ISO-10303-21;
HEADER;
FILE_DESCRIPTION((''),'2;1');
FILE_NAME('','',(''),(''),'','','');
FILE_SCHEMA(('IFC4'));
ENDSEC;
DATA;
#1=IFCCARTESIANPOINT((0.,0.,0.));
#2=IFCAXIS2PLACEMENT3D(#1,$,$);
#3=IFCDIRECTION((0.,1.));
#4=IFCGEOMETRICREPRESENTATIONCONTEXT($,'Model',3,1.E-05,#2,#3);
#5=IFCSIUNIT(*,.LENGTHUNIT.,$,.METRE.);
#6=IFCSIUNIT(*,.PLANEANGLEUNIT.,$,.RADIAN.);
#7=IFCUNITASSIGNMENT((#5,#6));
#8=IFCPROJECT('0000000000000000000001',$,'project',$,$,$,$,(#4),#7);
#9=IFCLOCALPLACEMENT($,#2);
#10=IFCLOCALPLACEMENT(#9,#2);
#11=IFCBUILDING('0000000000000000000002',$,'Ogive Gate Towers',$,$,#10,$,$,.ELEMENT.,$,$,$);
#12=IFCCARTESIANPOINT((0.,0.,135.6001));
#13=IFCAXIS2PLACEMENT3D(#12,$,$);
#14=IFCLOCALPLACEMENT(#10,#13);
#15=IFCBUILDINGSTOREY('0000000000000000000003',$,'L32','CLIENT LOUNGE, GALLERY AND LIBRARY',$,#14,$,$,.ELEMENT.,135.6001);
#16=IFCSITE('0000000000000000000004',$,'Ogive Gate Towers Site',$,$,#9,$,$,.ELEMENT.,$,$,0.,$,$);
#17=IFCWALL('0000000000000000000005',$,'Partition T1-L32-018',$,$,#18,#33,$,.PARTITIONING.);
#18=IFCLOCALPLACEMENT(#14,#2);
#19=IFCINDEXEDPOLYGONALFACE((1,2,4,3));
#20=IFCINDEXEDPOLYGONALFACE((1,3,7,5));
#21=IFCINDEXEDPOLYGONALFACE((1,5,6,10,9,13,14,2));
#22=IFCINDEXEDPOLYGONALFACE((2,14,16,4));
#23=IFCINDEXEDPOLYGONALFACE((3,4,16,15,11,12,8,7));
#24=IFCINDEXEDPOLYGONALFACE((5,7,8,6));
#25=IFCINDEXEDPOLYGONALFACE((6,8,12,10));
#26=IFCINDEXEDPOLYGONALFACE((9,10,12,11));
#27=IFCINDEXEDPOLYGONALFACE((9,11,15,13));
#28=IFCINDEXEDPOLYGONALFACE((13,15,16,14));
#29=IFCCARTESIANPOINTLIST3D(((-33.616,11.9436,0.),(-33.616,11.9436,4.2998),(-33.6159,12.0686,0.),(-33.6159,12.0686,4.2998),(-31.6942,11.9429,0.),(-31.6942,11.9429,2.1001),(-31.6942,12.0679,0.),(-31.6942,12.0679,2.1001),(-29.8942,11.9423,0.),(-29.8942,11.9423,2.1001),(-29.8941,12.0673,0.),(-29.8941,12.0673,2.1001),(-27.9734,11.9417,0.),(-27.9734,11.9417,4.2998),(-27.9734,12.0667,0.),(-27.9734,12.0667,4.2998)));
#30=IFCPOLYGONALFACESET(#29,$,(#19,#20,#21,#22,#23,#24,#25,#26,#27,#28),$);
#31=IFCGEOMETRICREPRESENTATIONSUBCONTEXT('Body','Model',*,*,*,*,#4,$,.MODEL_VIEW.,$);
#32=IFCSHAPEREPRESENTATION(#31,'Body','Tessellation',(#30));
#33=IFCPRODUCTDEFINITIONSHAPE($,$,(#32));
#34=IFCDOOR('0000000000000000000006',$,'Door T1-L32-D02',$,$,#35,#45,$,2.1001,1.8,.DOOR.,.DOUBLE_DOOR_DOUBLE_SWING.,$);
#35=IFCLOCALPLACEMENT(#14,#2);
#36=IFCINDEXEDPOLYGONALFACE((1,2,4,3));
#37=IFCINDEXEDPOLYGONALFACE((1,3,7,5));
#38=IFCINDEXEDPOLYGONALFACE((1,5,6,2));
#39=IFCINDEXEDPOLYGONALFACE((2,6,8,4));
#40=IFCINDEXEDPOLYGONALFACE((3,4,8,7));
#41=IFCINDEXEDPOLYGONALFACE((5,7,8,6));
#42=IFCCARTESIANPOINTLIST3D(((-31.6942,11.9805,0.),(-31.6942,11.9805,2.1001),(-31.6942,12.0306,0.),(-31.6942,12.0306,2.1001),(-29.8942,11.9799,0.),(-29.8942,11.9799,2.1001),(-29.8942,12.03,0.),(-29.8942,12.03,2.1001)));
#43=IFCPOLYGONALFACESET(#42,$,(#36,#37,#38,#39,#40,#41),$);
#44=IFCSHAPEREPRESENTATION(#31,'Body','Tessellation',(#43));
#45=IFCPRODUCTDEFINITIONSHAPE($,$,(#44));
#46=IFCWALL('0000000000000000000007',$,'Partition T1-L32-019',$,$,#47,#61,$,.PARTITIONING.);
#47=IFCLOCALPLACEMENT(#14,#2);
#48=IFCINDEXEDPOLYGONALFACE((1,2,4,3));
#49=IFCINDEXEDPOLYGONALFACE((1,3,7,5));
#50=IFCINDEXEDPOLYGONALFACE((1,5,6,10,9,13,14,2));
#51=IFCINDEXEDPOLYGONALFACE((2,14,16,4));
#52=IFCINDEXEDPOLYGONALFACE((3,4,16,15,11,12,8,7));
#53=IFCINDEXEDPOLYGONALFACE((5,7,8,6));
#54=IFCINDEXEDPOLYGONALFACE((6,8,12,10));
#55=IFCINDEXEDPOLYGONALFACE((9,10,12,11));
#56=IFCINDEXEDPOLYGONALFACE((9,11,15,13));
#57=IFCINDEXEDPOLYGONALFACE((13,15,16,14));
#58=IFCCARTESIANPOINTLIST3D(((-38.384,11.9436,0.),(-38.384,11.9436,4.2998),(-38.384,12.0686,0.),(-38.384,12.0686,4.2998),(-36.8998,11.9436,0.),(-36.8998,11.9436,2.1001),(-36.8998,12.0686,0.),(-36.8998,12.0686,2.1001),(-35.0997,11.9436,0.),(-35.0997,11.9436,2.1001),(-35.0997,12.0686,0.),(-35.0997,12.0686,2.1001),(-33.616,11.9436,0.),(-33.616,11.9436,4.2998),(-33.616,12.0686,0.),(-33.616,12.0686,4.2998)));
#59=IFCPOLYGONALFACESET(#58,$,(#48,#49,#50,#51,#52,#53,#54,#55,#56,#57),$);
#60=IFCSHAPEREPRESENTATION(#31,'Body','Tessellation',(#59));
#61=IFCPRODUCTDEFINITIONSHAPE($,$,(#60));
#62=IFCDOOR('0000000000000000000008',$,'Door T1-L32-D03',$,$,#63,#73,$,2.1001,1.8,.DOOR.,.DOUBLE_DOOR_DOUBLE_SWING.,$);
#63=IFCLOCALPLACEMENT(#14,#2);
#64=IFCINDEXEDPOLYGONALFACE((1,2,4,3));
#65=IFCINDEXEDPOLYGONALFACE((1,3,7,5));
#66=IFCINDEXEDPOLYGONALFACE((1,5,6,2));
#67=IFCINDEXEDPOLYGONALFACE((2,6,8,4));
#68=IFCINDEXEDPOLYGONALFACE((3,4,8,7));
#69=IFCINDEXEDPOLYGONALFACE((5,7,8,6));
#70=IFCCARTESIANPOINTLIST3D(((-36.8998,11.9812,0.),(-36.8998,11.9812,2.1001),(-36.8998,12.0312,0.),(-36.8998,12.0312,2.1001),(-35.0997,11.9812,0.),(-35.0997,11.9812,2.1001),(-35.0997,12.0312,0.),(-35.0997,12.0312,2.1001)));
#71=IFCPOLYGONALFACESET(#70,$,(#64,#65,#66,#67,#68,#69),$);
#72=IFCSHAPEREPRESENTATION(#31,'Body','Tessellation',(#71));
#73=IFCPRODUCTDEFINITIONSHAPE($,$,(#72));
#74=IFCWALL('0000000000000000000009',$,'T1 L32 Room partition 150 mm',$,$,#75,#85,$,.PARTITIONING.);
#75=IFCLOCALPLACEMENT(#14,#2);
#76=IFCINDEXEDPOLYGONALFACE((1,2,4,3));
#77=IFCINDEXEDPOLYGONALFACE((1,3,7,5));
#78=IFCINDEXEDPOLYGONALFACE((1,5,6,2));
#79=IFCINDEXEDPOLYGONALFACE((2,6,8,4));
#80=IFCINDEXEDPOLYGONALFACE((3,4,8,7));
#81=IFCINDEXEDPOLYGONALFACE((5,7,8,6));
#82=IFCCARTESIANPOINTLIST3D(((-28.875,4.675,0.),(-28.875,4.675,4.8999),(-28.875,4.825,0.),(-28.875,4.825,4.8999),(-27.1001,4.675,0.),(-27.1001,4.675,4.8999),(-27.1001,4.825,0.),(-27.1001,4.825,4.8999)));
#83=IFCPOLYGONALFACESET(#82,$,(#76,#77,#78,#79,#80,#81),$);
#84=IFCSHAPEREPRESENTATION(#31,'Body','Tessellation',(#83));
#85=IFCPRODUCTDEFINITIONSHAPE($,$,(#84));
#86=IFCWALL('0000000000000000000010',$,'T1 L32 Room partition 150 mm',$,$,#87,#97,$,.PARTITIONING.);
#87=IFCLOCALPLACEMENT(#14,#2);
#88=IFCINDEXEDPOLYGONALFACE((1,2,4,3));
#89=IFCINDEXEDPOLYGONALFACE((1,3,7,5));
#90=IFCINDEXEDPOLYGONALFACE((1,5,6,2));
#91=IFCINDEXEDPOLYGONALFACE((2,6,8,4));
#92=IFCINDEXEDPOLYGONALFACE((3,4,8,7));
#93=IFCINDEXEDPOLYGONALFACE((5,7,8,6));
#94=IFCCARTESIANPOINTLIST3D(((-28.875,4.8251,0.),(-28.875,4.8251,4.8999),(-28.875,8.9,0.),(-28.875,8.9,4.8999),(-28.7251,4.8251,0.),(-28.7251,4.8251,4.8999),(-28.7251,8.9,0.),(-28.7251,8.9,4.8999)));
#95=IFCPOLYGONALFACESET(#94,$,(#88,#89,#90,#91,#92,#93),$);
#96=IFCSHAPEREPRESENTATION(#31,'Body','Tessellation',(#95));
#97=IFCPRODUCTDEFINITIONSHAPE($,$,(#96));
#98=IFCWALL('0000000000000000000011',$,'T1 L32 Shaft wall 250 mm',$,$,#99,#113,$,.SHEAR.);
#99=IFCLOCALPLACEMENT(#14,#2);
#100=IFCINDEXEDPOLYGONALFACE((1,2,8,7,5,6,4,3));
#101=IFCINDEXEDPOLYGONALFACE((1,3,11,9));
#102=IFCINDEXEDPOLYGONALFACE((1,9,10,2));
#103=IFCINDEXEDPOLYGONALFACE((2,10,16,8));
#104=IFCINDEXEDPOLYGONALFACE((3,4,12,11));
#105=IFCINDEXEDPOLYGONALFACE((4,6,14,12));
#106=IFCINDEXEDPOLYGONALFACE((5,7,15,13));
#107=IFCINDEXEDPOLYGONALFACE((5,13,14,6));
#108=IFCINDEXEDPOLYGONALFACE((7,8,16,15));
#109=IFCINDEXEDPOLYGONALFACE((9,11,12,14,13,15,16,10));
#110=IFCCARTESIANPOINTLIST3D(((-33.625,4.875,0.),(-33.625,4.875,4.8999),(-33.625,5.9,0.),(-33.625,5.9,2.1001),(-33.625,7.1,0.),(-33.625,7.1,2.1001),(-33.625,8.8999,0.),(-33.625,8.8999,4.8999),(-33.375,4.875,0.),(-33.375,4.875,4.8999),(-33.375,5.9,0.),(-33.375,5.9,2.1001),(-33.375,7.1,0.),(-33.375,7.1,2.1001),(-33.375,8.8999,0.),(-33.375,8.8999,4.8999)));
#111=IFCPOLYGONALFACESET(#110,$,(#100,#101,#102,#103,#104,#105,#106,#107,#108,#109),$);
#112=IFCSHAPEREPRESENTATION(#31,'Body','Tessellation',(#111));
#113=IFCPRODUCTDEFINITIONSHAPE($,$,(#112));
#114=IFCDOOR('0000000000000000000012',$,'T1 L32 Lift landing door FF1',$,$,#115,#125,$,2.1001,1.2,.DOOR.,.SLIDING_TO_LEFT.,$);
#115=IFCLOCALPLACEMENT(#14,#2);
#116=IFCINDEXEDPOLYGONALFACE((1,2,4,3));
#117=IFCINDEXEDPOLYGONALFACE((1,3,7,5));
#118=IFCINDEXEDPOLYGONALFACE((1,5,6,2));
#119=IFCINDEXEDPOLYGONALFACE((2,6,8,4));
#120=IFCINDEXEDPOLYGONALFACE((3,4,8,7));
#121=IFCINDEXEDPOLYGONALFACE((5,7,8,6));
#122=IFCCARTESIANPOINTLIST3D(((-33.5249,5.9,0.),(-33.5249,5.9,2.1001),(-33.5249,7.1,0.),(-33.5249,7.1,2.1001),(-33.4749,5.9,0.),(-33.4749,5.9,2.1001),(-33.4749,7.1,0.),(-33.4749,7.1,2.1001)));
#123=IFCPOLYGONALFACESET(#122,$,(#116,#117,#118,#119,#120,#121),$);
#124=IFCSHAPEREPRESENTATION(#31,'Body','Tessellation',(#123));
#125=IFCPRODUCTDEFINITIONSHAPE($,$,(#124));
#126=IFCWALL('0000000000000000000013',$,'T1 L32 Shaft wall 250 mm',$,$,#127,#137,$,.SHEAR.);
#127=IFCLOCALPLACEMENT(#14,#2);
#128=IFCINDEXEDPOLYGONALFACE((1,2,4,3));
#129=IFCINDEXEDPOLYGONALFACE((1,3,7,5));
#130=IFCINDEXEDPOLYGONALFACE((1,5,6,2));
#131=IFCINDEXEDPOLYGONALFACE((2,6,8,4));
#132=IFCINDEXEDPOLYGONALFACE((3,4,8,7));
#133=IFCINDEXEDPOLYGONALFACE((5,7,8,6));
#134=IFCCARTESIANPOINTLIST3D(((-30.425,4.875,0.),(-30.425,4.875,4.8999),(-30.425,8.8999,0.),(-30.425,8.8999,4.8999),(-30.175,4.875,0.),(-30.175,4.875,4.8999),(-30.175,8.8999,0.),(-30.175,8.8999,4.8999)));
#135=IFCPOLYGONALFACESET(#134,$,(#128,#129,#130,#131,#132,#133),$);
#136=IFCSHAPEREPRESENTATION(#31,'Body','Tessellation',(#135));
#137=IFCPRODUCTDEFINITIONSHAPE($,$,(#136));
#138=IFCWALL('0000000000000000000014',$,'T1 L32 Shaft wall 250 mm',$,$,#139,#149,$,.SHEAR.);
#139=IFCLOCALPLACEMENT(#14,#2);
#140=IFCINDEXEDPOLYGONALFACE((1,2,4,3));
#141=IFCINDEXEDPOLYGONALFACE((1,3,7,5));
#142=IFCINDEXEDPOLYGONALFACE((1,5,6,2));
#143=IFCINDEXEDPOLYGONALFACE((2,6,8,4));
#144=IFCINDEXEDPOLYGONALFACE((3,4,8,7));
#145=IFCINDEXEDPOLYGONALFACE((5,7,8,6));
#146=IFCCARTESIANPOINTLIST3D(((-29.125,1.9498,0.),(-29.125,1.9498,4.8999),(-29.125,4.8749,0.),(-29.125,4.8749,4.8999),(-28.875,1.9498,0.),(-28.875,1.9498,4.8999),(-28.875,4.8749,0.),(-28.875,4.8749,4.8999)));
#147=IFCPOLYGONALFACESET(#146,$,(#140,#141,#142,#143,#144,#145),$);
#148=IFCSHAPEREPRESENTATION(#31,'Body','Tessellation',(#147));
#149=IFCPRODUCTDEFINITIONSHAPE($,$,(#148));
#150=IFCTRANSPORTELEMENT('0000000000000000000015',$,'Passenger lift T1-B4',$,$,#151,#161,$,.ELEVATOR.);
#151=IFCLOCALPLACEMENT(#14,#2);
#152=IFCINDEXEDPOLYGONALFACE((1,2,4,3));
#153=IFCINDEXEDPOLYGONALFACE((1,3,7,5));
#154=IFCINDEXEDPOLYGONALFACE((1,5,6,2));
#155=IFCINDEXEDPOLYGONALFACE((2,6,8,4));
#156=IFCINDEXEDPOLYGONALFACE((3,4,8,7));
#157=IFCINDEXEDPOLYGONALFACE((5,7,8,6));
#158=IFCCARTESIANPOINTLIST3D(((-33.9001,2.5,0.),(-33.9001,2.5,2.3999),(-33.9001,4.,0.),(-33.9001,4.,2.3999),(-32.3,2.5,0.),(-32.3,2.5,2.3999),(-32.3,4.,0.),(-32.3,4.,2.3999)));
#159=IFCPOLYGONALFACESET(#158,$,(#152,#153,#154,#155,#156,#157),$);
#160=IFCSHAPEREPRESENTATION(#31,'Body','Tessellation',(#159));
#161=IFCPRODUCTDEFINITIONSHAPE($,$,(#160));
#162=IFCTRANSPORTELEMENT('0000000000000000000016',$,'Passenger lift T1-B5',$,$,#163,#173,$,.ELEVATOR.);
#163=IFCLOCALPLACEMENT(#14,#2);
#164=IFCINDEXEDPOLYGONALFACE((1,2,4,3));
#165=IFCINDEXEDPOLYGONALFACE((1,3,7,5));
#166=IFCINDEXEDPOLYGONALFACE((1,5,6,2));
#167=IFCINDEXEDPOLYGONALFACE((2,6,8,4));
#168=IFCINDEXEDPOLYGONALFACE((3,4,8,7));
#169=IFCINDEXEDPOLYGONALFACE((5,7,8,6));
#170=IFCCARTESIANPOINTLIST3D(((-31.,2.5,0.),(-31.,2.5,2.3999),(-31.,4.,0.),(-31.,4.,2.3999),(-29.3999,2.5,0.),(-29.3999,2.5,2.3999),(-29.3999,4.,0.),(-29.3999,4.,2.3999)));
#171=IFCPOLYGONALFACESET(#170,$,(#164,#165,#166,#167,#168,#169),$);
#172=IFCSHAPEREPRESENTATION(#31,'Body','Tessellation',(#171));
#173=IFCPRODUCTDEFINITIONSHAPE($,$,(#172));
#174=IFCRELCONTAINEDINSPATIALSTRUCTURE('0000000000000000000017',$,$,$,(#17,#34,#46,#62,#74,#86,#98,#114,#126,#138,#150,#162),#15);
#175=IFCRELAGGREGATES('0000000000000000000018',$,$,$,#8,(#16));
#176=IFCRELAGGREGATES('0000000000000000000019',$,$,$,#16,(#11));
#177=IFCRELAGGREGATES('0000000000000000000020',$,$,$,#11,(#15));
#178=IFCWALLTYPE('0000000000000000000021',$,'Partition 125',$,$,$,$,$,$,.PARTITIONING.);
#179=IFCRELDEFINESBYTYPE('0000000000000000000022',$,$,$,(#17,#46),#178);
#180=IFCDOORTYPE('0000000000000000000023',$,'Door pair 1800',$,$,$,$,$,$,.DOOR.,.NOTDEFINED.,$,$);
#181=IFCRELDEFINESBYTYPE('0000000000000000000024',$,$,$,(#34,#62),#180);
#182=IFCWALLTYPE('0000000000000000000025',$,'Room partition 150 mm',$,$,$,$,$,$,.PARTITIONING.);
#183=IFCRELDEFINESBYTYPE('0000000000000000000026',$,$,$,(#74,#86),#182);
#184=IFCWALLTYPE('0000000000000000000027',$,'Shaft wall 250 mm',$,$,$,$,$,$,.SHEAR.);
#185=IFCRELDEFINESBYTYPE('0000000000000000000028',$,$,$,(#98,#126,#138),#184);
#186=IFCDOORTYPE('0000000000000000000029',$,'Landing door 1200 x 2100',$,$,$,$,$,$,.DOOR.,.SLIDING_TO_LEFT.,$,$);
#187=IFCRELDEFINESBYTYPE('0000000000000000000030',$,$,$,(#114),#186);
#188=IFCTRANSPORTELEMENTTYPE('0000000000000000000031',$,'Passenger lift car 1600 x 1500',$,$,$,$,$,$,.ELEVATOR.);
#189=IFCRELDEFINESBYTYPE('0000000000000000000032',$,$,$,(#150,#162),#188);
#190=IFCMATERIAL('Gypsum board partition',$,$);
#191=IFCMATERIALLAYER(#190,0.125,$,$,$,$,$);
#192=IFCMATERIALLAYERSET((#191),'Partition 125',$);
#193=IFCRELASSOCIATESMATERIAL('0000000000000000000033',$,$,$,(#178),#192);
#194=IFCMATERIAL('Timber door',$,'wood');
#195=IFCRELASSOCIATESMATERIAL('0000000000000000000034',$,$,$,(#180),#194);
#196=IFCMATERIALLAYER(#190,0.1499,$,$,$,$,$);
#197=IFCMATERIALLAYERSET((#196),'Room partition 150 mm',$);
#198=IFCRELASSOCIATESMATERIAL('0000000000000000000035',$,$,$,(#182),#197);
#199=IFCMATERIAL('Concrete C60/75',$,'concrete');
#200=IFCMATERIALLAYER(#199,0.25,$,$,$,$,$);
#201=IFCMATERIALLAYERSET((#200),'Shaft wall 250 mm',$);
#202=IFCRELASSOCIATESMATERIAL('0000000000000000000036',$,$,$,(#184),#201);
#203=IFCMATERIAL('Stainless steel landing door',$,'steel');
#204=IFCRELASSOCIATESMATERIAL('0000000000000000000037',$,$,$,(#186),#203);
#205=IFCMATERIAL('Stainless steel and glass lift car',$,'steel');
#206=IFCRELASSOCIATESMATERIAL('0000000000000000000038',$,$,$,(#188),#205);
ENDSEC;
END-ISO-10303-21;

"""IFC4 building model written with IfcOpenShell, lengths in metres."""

from ifc_helpers import new_model, si_unit, direction, frame, frame_2d, origin, origin_2d, place, context, subcontext, project, spatial, rectangle, extrude, material, layer, layer_set, type_object, element, fill, save


model = new_model("IFC4")

# Units and contexts
model_context = context("Model", 3, precision=1e-05, world=origin(), true_north=direction((0.0, 1.0)))
body_context = subcontext(model_context, "Body", "Model", "MODEL_VIEW")
ifc_project = project(units=[si_unit("LENGTHUNIT", "METRE"), si_unit("PLANEANGLEUNIT", "RADIAN")], contexts=[model_context])

# Site, building, storey
site_placement = place(None, origin())
site = spatial("IfcSite", under=ifc_project, at=site_placement, Name="Ogive Gate Towers Site", CompositionType="ELEMENT", RefElevation=0.0)
building_placement = place(site_placement, origin())
building = spatial("IfcBuilding", under=site, at=building_placement, Name="Ogive Gate Towers", CompositionType="ELEMENT")
storey_placement = place(building_placement, frame((0.0, 0.0, 135.6001)))
storey = spatial("IfcBuildingStorey", under=building, at=storey_placement, Name="L32", Description="CLIENT LOUNGE, GALLERY AND LIBRARY", CompositionType="ELEMENT", Elevation=135.6001)

# Shared definitions
ifc_material_1 = material(Name="Gypsum board partition")
ifc_layer_1 = layer(ifc_material_1, 0.125)
ifc_layer_set_1 = layer_set([ifc_layer_1], Name="Partition 125")
wall_type_1 = type_object("IfcWallType", Name="Partition 125", PredefinedType="PARTITIONING", material=ifc_layer_set_1)
ifc_material_2 = material(Name="Timber door", Category="wood")
door_type_1 = type_object("IfcDoorType", Name="Door pair 1800", OperationType="NOTDEFINED", PredefinedType="DOOR", material=ifc_material_2)

# Walls, openings, doors
wall_1_placement = place(storey_placement, frame((-27.9734, 12.0042, 0.0), z_axis=(0.0, 0.0, 1.0), x_axis=(-1.0, 0.000346, 0.0)))
wall_1 = element("IfcWall", 1, at=wall_1_placement, inside=storey, type_object=wall_type_1, Name="Partition T1-L32-018", PredefinedType="PARTITIONING", context=body_context, shape_type="SweptSolid", body=[
    extrude(rectangle(XDim=5.6426, YDim=0.125, at=frame_2d((2.8213, 0.0))), origin(), (0.0, 0.0, 1.0), 4.2998),
])
opening_1_placement = place(wall_1_placement, frame((1.9209, 0.0, 0.0)))
opening_1 = element("IfcOpeningElement", 2, at=opening_1_placement, cuts=wall_1, PredefinedType="OPENING", context=body_context, shape_type="SweptSolid", body=[
    extrude(rectangle(XDim=1.8, YDim=2.1001, at=frame_2d((0.8999, 1.05))), frame((0.0, 0.0725, 0.0), z_axis=(0.0, -1.0, 0.0), x_axis=(1.0, 0.0, 0.0)), (0.0, 0.0, 1.0), 0.145),
])
door_1_placement = place(opening_1_placement, origin())
door_1 = element("IfcDoor", 3, at=door_1_placement, inside=storey, type_object=door_type_1, Name="Door T1-L32-D02", OperationType="DOUBLE_DOOR_DOUBLE_SWING", OverallHeight=2.1001, OverallWidth=1.8, PredefinedType="DOOR", context=body_context, shape_type="SweptSolid", body=[
    extrude(rectangle(XDim=1.8, YDim=2.1001, at=frame_2d((0.8999, 1.05))), frame((0.0, 0.0249, 0.0), z_axis=(0.0, -1.0, 0.0), x_axis=(1.0, 0.0, 0.0)), (0.0, 0.0, 1.0), 0.05),
])
fill(opening_1, door_1)
wall_2_placement = place(storey_placement, frame((-33.616, 12.0061, 0.0), z_axis=(0.0, 0.0, 1.0), x_axis=(-1.0, 0.0, 0.0)))
wall_2 = element("IfcWall", 4, at=wall_2_placement, inside=storey, type_object=wall_type_1, Name="Partition T1-L32-019", PredefinedType="PARTITIONING", context=body_context, shape_type="SweptSolid", body=[
    extrude(rectangle(XDim=4.7681, YDim=0.125, at=frame_2d((2.384, 0.0))), origin(), (0.0, 0.0, 1.0), 4.2998),
])
opening_2_placement = place(wall_2_placement, frame((1.4839, 0.0, 0.0)))
opening_2 = element("IfcOpeningElement", 5, at=opening_2_placement, cuts=wall_2, PredefinedType="OPENING", context=body_context, shape_type="SweptSolid", body=[
    extrude(rectangle(XDim=1.8, YDim=2.1001, at=frame_2d((0.8999, 1.05))), frame((0.0, 0.0725, 0.0), z_axis=(0.0, -1.0, 0.0), x_axis=(1.0, 0.0, 0.0)), (0.0, 0.0, 1.0), 0.145),
])
door_2_placement = place(opening_2_placement, origin())
door_2 = element("IfcDoor", 6, at=door_2_placement, inside=storey, type_object=door_type_1, Name="Door T1-L32-D03", OperationType="DOUBLE_DOOR_DOUBLE_SWING", OverallHeight=2.1001, OverallWidth=1.8, PredefinedType="DOOR", context=body_context, shape_type="SweptSolid", body=[
    extrude(rectangle(XDim=1.8, YDim=2.1001, at=frame_2d((0.8999, 1.05))), frame((0.0, 0.0249, 0.0), z_axis=(0.0, -1.0, 0.0), x_axis=(1.0, 0.0, 0.0)), (0.0, 0.0, 1.0), 0.05),
])
fill(opening_2, door_2)

# Walls
ifc_layer_2 = layer(ifc_material_1, 0.1499)
ifc_layer_set_2 = layer_set([ifc_layer_2], Name="Room partition 150 mm")
wall_type_2 = type_object("IfcWallType", Name="Room partition 150 mm", PredefinedType="PARTITIONING", material=ifc_layer_set_2)
wall_3_placement = place(storey_placement, frame((-28.875, 4.75, 0.0), z_axis=(0.0, 0.0, 1.0), x_axis=(1.0, 0.0, 0.0)))
element("IfcWall", 7, at=wall_3_placement, inside=storey, type_object=wall_type_2, Name="T1 L32 Room partition 150 mm", PredefinedType="PARTITIONING", context=body_context, shape_type="SweptSolid", body=[
    extrude(rectangle(XDim=1.7749, YDim=0.1499, at=frame_2d((0.8875, 0.0))), origin(), (0.0, 0.0, 1.0), 4.8999),
])
wall_4_placement = place(storey_placement, frame((-28.8, 4.825, 0.0), z_axis=(0.0, 0.0, 1.0), x_axis=(0.0, 1.0, 0.0)))
element("IfcWall", 8, at=wall_4_placement, inside=storey, type_object=wall_type_2, Name="T1 L32 Room partition 150 mm", PredefinedType="PARTITIONING", context=body_context, shape_type="SweptSolid", body=[
    extrude(rectangle(XDim=4.075, YDim=0.1499, at=frame_2d((2.0376, 0.0))), origin(), (0.0, 0.0, 1.0), 4.8999),
])

# Wall, opening, door
ifc_material_3 = material(Name="Concrete C60/75", Category="concrete")
ifc_layer_3 = layer(ifc_material_3, 0.25)
ifc_layer_set_3 = layer_set([ifc_layer_3], Name="Shaft wall 250 mm")
wall_type_3 = type_object("IfcWallType", Name="Shaft wall 250 mm", PredefinedType="SHEAR", material=ifc_layer_set_3)
wall_5_placement = place(storey_placement, frame((-33.5, 4.875, 0.0), z_axis=(0.0, 0.0, 1.0), x_axis=(0.0, 1.0, 0.0)))
wall_5 = element("IfcWall", 9, at=wall_5_placement, inside=storey, type_object=wall_type_3, Name="T1 L32 Shaft wall 250 mm", PredefinedType="SHEAR", context=body_context, shape_type="SweptSolid", body=[
    extrude(rectangle(XDim=4.0249, YDim=0.25, at=frame_2d((2.0125, 0.0))), origin(), (0.0, 0.0, 1.0), 4.8999),
])
opening_3_placement = place(wall_5_placement, frame((1.0249, 0.0, 0.0)))
opening_3 = element("IfcOpeningElement", 10, at=opening_3_placement, cuts=wall_5, PredefinedType="OPENING", context=body_context, shape_type="SweptSolid", body=[
    extrude(rectangle(XDim=1.2, YDim=2.1001, at=frame_2d((0.6001, 1.05))), frame((0.0, 0.135, 0.0), z_axis=(0.0, -1.0, 0.0), x_axis=(1.0, 0.0, 0.0)), (0.0, 0.0, 1.0), 0.27),
])
ifc_material_4 = material(Name="Stainless steel landing door", Category="steel")
door_type_2 = type_object("IfcDoorType", Name="Landing door 1200 x 2100", OperationType="SLIDING_TO_LEFT", PredefinedType="DOOR", material=ifc_material_4)
door_3_placement = place(opening_3_placement, origin())
door_3 = element("IfcDoor", 11, at=door_3_placement, inside=storey, type_object=door_type_2, Name="T1 L32 Lift landing door FF1", OperationType="SLIDING_TO_LEFT", OverallHeight=2.1001, OverallWidth=1.2, PredefinedType="DOOR", context=body_context, shape_type="SweptSolid", body=[
    extrude(rectangle(XDim=1.2, YDim=2.1001, at=frame_2d((0.6001, 1.05))), frame((0.0, 0.0249, 0.0), z_axis=(0.0, -1.0, 0.0), x_axis=(1.0, 0.0, 0.0)), (0.0, 0.0, 1.0), 0.05),
])
fill(opening_3, door_3)

# Walls
wall_6_placement = place(storey_placement, frame((-30.3, 4.875, 0.0), z_axis=(0.0, 0.0, 1.0), x_axis=(0.0, 1.0, 0.0)))
element("IfcWall", 12, at=wall_6_placement, inside=storey, type_object=wall_type_3, Name="T1 L32 Shaft wall 250 mm", PredefinedType="SHEAR", context=body_context, shape_type="SweptSolid", body=[
    extrude(rectangle(XDim=4.0249, YDim=0.25, at=frame_2d((2.0125, 0.0))), origin(), (0.0, 0.0, 1.0), 4.8999),
])
wall_7_placement = place(storey_placement, frame((-29.0, 1.95, 0.0), z_axis=(0.0, 0.0, 1.0), x_axis=(0.0, 1.0, 0.0)))
element("IfcWall", 13, at=wall_7_placement, inside=storey, type_object=wall_type_3, Name="T1 L32 Shaft wall 250 mm", PredefinedType="SHEAR", context=body_context, shape_type="SweptSolid", body=[
    extrude(rectangle(XDim=2.925, YDim=0.25, at=frame_2d((1.4624, 0.0))), origin(), (0.0, 0.0, 1.0), 4.8999),
])

# Transport elements
ifc_material_5 = material(Name="Stainless steel and glass lift car", Category="steel")
transport_element_type = type_object("IfcTransportElementType", Name="Passenger lift car 1600 x 1500", PredefinedType="ELEVATOR", material=ifc_material_5)
for number, where, z_axis, x_axis, name in (
    (14, (-33.1001, 3.25, 0.0), (0.0, 0.0, 1.0), (1.0, 0.0, 0.0), "Passenger lift T1-B4"),
    (15, (-30.2, 3.25, 0.0), (0.0, 0.0, 1.0), (1.0, 0.0, 0.0), "Passenger lift T1-B5"),
):
    element("IfcTransportElement", number, at=place(storey_placement, frame(where, z_axis=z_axis, x_axis=x_axis)), inside=storey, type_object=transport_element_type, Name=name, PredefinedType="ELEVATOR", context=body_context, shape_type="SweptSolid", body=[
        extrude(rectangle(XDim=1.6001, YDim=1.5, at=origin_2d()), origin(), (0.0, 0.0, 1.0), 2.3999),
    ])

save(model, "model.ifc")
